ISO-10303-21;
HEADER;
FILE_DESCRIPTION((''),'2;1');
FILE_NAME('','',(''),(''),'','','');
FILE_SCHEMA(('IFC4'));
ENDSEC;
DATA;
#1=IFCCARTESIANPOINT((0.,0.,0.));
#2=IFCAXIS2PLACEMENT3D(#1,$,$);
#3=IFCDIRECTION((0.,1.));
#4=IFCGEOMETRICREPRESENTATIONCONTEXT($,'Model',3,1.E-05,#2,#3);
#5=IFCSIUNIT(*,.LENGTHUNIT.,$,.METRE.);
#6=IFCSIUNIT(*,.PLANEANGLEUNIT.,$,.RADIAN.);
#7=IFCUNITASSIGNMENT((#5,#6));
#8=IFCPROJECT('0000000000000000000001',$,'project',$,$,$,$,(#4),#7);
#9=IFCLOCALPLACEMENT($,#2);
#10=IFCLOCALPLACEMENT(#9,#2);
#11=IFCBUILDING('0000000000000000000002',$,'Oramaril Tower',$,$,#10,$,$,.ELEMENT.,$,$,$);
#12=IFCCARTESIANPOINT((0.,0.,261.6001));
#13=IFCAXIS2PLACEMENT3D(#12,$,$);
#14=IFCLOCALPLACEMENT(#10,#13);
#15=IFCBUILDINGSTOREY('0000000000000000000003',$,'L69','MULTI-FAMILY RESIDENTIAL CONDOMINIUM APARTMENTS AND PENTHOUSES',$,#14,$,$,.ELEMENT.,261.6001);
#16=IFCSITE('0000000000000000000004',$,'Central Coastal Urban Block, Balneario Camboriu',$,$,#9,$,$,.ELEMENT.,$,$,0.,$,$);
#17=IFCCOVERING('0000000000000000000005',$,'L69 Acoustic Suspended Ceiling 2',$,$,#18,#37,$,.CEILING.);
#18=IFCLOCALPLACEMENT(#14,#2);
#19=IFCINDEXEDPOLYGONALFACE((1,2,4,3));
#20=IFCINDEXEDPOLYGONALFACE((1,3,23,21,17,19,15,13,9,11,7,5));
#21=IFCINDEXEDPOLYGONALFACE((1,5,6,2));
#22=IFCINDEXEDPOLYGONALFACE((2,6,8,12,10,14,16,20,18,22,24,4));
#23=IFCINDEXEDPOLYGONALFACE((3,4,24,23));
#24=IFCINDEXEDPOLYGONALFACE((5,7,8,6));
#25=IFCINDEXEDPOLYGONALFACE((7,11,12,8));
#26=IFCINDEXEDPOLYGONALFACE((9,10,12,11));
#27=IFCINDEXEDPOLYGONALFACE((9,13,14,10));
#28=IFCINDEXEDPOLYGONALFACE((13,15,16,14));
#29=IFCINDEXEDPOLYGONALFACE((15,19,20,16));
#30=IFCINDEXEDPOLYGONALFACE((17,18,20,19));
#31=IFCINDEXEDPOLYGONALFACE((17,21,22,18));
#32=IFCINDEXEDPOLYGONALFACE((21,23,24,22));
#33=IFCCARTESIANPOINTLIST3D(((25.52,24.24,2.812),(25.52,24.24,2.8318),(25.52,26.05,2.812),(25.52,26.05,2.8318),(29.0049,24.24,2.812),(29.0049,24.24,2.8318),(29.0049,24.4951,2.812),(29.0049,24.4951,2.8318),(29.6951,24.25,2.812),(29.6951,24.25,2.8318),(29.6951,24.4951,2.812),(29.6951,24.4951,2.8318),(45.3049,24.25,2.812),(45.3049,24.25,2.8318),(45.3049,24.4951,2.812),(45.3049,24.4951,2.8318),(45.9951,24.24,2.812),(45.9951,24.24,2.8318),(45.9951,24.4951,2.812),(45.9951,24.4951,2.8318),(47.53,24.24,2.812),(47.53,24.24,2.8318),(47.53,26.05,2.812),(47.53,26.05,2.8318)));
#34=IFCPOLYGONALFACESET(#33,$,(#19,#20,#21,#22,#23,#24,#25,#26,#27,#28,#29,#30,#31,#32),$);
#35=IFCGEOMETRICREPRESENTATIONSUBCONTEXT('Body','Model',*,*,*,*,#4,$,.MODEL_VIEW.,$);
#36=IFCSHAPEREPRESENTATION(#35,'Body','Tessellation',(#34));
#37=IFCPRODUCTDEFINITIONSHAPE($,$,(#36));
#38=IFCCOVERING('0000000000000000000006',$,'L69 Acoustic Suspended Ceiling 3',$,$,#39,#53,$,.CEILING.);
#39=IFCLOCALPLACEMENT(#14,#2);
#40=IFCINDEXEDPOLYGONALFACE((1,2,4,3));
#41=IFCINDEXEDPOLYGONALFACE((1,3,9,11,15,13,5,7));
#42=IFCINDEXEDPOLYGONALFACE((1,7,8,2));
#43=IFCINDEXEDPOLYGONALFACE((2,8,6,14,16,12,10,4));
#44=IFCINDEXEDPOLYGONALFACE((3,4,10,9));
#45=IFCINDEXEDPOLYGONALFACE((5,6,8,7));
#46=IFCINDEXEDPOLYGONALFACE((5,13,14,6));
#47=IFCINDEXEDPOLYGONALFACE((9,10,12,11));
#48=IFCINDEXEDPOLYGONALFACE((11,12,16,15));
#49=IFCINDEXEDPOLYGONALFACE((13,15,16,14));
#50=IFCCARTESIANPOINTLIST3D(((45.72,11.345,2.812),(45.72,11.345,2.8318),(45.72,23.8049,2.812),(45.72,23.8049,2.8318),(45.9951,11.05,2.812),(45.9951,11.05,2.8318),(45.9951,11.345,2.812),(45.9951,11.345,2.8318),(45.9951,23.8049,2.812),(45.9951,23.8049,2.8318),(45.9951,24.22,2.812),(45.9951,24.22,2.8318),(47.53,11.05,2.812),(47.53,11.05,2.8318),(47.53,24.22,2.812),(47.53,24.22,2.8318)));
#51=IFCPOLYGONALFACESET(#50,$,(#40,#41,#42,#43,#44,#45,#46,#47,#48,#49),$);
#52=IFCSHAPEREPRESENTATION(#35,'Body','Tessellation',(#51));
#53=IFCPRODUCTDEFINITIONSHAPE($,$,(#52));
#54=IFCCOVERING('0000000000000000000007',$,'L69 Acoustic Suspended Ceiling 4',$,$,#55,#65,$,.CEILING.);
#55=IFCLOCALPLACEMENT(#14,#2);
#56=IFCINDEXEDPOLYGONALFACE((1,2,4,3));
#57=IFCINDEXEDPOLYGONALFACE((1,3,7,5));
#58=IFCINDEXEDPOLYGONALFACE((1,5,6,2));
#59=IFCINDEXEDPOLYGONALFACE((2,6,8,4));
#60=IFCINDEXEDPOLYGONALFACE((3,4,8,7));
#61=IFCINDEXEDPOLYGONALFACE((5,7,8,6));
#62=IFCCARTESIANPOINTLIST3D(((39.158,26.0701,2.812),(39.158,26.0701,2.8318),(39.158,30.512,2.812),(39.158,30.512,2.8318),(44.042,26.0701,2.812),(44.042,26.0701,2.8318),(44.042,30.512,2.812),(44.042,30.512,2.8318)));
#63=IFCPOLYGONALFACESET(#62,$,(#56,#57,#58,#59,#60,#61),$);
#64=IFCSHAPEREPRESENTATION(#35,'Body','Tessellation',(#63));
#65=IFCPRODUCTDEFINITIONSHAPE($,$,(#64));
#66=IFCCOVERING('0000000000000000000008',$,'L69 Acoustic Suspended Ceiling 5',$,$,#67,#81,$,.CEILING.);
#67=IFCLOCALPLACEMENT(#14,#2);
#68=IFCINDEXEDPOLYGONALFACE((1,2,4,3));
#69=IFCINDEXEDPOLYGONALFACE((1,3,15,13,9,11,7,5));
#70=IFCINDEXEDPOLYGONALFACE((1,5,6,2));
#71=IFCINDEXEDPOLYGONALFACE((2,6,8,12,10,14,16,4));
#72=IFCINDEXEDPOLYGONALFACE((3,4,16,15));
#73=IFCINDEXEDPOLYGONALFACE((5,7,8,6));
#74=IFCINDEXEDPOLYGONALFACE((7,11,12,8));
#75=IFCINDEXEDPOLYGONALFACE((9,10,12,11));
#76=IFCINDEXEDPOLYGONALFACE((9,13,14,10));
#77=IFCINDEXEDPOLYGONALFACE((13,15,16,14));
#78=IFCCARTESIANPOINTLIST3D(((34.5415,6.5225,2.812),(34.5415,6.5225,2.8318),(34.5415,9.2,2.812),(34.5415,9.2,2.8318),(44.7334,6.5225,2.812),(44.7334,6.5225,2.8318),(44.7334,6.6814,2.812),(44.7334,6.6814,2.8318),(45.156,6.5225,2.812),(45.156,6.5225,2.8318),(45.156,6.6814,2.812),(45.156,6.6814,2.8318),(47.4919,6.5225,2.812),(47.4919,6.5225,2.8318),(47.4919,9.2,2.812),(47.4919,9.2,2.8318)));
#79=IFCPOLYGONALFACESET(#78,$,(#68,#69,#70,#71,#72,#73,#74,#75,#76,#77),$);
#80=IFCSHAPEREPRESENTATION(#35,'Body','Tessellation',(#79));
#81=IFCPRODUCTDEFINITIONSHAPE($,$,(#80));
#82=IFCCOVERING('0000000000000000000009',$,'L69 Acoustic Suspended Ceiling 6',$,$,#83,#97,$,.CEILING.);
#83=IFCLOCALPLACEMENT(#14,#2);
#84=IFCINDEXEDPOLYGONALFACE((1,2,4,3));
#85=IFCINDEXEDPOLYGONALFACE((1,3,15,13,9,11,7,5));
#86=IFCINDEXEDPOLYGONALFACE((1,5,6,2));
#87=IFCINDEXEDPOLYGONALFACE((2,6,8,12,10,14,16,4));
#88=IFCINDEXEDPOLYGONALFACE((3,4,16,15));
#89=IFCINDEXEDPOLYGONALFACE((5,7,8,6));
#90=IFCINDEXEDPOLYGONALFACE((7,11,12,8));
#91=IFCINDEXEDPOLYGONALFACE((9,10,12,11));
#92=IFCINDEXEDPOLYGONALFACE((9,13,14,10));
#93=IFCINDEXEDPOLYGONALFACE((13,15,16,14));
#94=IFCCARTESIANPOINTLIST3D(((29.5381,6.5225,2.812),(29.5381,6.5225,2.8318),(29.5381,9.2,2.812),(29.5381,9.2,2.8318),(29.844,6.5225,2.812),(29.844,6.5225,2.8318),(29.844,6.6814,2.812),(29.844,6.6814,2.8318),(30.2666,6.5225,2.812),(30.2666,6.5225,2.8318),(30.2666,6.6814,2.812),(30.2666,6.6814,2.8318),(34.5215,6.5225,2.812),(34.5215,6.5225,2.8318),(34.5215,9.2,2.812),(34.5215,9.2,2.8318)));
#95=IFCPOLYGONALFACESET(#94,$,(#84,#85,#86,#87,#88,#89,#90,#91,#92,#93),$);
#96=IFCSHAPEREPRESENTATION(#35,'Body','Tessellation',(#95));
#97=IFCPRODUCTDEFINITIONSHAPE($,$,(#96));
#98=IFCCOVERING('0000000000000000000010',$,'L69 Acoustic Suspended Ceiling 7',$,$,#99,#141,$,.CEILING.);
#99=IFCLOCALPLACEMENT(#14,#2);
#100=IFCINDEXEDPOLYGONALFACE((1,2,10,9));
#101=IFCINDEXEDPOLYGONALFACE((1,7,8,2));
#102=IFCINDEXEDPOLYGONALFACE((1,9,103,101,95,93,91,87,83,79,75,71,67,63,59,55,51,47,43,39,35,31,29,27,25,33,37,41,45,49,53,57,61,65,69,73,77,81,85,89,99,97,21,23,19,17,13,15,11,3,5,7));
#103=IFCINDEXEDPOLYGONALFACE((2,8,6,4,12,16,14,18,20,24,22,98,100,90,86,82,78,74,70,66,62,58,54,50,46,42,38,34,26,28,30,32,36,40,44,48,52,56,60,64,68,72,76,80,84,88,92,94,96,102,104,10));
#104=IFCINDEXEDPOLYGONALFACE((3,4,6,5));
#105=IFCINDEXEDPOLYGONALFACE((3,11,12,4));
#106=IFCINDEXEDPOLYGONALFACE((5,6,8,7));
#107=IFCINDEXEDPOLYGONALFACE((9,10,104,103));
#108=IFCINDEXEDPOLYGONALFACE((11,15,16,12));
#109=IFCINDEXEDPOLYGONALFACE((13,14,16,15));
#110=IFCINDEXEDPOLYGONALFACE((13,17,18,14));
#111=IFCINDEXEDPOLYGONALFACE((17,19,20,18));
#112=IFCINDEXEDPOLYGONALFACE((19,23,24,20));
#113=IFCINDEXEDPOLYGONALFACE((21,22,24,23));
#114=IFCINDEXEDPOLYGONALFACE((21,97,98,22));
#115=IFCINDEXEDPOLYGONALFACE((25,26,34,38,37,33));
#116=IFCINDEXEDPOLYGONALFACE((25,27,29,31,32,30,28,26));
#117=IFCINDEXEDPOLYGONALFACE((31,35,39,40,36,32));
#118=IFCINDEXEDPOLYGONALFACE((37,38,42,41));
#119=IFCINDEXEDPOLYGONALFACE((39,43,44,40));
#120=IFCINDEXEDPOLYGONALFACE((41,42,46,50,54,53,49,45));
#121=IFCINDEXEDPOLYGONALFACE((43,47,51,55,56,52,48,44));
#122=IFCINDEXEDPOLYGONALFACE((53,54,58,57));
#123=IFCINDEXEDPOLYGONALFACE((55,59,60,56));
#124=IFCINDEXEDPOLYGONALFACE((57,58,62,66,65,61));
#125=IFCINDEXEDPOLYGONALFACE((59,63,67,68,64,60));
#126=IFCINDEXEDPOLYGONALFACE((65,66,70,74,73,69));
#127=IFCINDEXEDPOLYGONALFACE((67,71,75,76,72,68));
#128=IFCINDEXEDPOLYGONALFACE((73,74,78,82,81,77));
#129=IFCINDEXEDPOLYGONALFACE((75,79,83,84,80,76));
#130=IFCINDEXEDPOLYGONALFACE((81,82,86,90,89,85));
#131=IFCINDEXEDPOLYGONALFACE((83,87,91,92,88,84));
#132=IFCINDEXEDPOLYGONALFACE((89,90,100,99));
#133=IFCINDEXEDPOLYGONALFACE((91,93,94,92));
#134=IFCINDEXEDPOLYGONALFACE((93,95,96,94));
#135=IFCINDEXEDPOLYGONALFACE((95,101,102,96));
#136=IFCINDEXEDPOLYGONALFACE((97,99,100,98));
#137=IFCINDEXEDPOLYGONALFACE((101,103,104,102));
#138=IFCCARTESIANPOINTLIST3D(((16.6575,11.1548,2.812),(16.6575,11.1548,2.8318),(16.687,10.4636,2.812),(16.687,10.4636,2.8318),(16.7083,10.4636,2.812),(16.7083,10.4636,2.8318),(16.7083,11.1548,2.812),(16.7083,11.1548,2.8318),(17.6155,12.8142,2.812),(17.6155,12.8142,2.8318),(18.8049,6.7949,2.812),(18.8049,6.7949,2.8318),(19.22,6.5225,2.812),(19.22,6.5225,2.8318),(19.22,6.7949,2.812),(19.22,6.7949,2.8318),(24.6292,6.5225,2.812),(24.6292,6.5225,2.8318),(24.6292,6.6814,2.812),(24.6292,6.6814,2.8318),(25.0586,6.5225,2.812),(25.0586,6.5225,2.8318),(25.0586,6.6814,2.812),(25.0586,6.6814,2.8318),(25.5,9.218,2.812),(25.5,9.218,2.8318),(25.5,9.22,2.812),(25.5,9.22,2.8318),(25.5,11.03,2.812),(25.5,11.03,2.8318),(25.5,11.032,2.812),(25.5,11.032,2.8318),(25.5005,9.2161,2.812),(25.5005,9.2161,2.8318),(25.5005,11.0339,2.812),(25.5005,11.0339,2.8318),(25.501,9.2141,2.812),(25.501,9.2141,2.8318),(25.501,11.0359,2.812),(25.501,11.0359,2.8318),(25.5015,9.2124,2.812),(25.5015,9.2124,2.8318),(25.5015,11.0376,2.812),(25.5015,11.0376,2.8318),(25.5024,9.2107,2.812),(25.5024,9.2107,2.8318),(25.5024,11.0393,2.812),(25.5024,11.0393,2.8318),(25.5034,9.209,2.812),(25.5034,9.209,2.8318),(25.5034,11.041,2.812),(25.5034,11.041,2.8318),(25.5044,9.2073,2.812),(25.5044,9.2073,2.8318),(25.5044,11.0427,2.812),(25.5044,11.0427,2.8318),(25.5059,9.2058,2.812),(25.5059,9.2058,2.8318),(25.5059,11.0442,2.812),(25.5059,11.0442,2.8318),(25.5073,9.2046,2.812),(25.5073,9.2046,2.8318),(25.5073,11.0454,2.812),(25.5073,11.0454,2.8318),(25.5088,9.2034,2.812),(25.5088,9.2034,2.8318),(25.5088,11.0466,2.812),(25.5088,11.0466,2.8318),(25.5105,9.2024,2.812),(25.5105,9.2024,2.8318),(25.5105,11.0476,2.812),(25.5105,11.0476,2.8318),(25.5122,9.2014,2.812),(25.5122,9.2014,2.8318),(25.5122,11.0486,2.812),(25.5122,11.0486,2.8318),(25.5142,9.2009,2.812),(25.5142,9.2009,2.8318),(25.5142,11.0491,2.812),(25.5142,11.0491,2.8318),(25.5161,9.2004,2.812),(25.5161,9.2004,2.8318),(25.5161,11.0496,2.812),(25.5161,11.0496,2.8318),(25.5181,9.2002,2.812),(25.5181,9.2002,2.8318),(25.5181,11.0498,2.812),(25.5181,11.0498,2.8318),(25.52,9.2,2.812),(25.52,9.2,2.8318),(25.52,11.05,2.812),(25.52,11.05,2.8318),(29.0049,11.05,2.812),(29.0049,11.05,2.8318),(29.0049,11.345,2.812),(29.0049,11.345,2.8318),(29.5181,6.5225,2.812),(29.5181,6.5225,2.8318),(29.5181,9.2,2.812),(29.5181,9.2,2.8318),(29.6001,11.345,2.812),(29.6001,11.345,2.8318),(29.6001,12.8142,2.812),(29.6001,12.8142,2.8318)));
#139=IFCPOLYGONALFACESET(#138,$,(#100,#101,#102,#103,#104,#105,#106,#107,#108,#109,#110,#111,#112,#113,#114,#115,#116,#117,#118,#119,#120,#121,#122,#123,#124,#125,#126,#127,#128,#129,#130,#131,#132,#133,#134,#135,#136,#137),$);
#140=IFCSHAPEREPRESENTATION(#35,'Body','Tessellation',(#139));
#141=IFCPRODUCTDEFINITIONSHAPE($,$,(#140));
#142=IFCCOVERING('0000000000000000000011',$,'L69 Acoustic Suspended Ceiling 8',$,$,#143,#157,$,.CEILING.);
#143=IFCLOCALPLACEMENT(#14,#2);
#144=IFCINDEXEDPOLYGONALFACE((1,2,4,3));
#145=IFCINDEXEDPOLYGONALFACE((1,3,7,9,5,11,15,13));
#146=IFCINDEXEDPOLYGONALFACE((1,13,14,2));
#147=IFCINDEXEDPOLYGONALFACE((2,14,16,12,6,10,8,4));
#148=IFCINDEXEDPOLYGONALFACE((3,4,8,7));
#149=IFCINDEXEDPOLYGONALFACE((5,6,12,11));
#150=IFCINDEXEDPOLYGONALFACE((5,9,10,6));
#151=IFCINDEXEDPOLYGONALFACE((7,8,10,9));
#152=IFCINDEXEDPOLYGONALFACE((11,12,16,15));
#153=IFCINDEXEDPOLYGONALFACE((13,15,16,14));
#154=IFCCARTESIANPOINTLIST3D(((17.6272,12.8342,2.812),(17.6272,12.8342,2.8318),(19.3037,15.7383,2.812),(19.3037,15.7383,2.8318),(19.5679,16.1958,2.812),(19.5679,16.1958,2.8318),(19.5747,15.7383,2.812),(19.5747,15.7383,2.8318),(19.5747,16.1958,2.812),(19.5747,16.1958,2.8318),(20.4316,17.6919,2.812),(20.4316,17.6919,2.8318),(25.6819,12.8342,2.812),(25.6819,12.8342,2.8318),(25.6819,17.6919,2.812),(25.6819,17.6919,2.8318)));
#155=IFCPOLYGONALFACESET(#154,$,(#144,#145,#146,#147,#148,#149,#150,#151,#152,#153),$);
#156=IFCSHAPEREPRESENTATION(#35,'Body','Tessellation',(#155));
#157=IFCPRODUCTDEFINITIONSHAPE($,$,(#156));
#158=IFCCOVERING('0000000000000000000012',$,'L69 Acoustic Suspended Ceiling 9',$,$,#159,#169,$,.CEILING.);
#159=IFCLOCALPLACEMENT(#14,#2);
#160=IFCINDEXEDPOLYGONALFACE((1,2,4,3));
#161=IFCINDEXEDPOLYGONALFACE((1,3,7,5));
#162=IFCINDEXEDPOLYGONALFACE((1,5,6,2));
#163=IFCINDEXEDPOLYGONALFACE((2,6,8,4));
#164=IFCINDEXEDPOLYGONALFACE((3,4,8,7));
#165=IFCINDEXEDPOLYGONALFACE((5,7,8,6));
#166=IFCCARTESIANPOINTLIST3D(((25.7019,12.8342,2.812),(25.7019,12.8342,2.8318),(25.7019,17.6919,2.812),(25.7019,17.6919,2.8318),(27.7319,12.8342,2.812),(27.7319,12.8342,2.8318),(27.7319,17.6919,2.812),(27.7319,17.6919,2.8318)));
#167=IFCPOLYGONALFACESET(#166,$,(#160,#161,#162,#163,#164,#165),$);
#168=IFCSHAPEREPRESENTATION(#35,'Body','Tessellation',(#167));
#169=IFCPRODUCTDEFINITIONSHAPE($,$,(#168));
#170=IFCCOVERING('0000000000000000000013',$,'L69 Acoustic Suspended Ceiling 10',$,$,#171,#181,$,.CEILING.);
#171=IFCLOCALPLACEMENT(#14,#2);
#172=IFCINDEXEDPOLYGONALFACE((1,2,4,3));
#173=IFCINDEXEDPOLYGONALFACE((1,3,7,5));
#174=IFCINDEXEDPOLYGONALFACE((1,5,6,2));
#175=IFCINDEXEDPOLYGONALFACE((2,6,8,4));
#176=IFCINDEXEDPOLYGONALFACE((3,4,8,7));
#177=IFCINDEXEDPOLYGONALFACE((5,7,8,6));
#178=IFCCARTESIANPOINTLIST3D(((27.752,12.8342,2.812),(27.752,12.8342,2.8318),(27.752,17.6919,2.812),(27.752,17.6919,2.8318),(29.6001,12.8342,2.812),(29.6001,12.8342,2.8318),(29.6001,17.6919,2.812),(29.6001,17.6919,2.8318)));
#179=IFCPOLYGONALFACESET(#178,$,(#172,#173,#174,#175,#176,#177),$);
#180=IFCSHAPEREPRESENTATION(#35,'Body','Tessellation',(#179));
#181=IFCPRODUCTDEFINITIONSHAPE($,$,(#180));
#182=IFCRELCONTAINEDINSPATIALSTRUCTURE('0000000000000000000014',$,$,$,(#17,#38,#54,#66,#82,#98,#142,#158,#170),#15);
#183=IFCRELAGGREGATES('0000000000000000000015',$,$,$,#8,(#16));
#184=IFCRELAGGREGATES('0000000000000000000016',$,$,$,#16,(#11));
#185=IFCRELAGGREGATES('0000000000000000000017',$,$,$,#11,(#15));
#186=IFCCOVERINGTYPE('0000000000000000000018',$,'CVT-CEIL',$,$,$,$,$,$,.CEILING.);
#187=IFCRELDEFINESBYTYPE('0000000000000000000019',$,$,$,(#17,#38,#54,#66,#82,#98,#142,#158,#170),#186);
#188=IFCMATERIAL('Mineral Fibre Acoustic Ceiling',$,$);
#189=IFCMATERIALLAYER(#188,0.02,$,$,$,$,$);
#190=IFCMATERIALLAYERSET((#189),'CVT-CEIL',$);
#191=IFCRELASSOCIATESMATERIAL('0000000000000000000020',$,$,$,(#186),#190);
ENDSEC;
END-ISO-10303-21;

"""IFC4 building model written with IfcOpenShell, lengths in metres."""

from ifc_helpers import new_model, si_unit, direction, frame, origin, place, context, subcontext, project, spatial, polyline, outline, extrude, material, layer, layer_set, type_object, element, save


model = new_model("IFC4")

# Units and contexts
model_context = context("Model", 3, precision=1e-05, world=origin(), true_north=direction((0.0, 1.0)))
body_context = subcontext(model_context, "Body", "Model", "MODEL_VIEW")
ifc_project = project(units=[si_unit("LENGTHUNIT", "METRE"), si_unit("PLANEANGLEUNIT", "RADIAN")], contexts=[model_context])

# Site, building, storey
site_placement = place(None, origin())
site = spatial("IfcSite", under=ifc_project, at=site_placement, Name="Central Coastal Urban Block, Balneario Camboriu", CompositionType="ELEMENT", RefElevation=0.0)
building_placement = place(site_placement, origin())
building = spatial("IfcBuilding", under=site, at=building_placement, Name="Oramaril Tower", CompositionType="ELEMENT")
storey_placement = place(building_placement, frame((0.0, 0.0, 261.6001)))
storey = spatial("IfcBuildingStorey", under=building, at=storey_placement, Name="L69", Description="MULTI-FAMILY RESIDENTIAL CONDOMINIUM APARTMENTS AND PENTHOUSES", CompositionType="ELEMENT", Elevation=261.6001)

# Coverings
ifc_material_1 = material(Name="Mineral Fibre Acoustic Ceiling")
ifc_layer_1 = layer(ifc_material_1, 0.02)
ifc_layer_set_1 = layer_set([ifc_layer_1], Name="CVT-CEIL")
covering_type_1 = type_object("IfcCoveringType", Name="CVT-CEIL", PredefinedType="CEILING", material=ifc_layer_set_1)
covering_1_placement = place(storey_placement, frame((0.0, 0.0, 2.812)))
element("IfcCovering", 1, at=covering_1_placement, inside=storey, type_object=covering_type_1, Name="L69 Acoustic Suspended Ceiling 2", PredefinedType="CEILING", context=body_context, shape_type="SweptSolid", body=[
    extrude(outline(polyline([(47.53, 24.24), (45.9951, 24.24), (45.9951, 24.4951), (45.3049, 24.4951), (45.3049, 24.25), (29.6951, 24.25), (29.6951, 24.4951), (29.0049, 24.4951), (29.0049, 24.24), (25.52, 24.24), (25.52, 26.05), (47.53, 26.05), (47.53, 24.24)])), origin(), (0.0, 0.0, 1.0), 0.0198),
])
covering_2_placement = place(storey_placement, frame((0.0, 0.0, 2.812)))
element("IfcCovering", 2, at=covering_2_placement, inside=storey, type_object=covering_type_1, Name="L69 Acoustic Suspended Ceiling 3", PredefinedType="CEILING", context=body_context, shape_type="SweptSolid", body=[
    extrude(outline(polyline([(47.53, 11.05), (45.9951, 11.05), (45.9951, 11.345), (45.72, 11.345), (45.72, 23.8049), (45.9951, 23.8049), (45.9951, 24.22), (47.53, 24.22), (47.53, 11.05)])), origin(), (0.0, 0.0, 1.0), 0.0198),
])
covering_3_placement = place(storey_placement, frame((0.0, 0.0, 2.812)))
element("IfcCovering", 3, at=covering_3_placement, inside=storey, type_object=covering_type_1, Name="L69 Acoustic Suspended Ceiling 4", PredefinedType="CEILING", context=body_context, shape_type="SweptSolid", body=[
    extrude(outline(polyline([(44.042, 30.512), (44.042, 26.0701), (39.158, 26.0701), (39.158, 30.512), (44.042, 30.512)])), origin(), (0.0, 0.0, 1.0), 0.0198),
])
covering_4_placement = place(storey_placement, frame((0.0, 0.0, 2.812)))
element("IfcCovering", 4, at=covering_4_placement, inside=storey, type_object=covering_type_1, Name="L69 Acoustic Suspended Ceiling 5", PredefinedType="CEILING", context=body_context, shape_type="SweptSolid", body=[
    extrude(outline(polyline([(45.156, 6.6814), (44.7334, 6.6814), (44.7334, 6.5225), (34.5415, 6.5225), (34.5415, 9.2), (47.4919, 9.2), (47.4919, 6.5225), (45.156, 6.5225), (45.156, 6.6814)])), origin(), (0.0, 0.0, 1.0), 0.0198),
])
covering_5_placement = place(storey_placement, frame((0.0, 0.0, 2.812)))
element("IfcCovering", 5, at=covering_5_placement, inside=storey, type_object=covering_type_1, Name="L69 Acoustic Suspended Ceiling 6", PredefinedType="CEILING", context=body_context, shape_type="SweptSolid", body=[
    extrude(outline(polyline([(30.2666, 6.6814), (29.844, 6.6814), (29.844, 6.5225), (29.5381, 6.5225), (29.5381, 9.2), (34.5215, 9.2), (34.5215, 6.5225), (30.2666, 6.5225), (30.2666, 6.6814)])), origin(), (0.0, 0.0, 1.0), 0.0198),
])
covering_6_placement = place(storey_placement, frame((0.0, 0.0, 2.812)))
element("IfcCovering", 6, at=covering_6_placement, inside=storey, type_object=covering_type_1, Name="L69 Acoustic Suspended Ceiling 7", PredefinedType="CEILING", context=body_context, shape_type="SweptSolid", body=[
    extrude(outline(polyline([(29.6001, 12.8142), (29.6001, 11.345), (29.0049, 11.345), (29.0049, 11.05), (25.52, 11.05), (25.5181, 11.0498), (25.5161, 11.0496), (25.5142, 11.0491), (25.5122, 11.0486), (25.5105, 11.0476), (25.5088, 11.0466), (25.5073, 11.0454), (25.5059, 11.0442), (25.5044, 11.0427), (25.5034, 11.041), (25.5024, 11.0393), (25.5015, 11.0376), (25.501, 11.0359), (25.5005, 11.0339), (25.5, 11.032), (25.5, 11.03), (25.5, 9.22), (25.5, 9.218), (25.5005, 9.2161), (25.501, 9.2141), (25.5015, 9.2124), (25.5024, 9.2107), (25.5034, 9.209), (25.5044, 9.2073), (25.5059, 9.2058), (25.5073, 9.2046), (25.5088, 9.2034), (25.5105, 9.2024), (25.5122, 9.2014), (25.5142, 9.2009), (25.5161, 9.2004), (25.5181, 9.2002), (25.52, 9.2), (29.5181, 9.2), (29.5181, 6.5225), (25.0586, 6.5225), (25.0586, 6.6814), (24.6292, 6.6814), (24.6292, 6.5225), (19.22, 6.5225), (19.22, 6.7949), (18.8049, 6.7949), (16.687, 10.4636), (16.7083, 10.4636), (16.7083, 11.1548), (16.6575, 11.1548), (17.6155, 12.8142), (29.6001, 12.8142)])), origin(), (0.0, 0.0, 1.0), 0.0198),
])
covering_7_placement = place(storey_placement, frame((0.0, 0.0, 2.812)))
element("IfcCovering", 7, at=covering_7_placement, inside=storey, type_object=covering_type_1, Name="L69 Acoustic Suspended Ceiling 8", PredefinedType="CEILING", context=body_context, shape_type="SweptSolid", body=[
    extrude(outline(polyline([(19.3037, 15.7383), (19.5747, 15.7383), (19.5747, 16.1958), (19.5679, 16.1958), (20.4316, 17.6919), (25.6819, 17.6919), (25.6819, 12.8342), (17.6272, 12.8342), (19.3037, 15.7383)])), origin(), (0.0, 0.0, 1.0), 0.0198),
])
covering_8_placement = place(storey_placement, frame((0.0, 0.0, 2.812)))
element("IfcCovering", 8, at=covering_8_placement, inside=storey, type_object=covering_type_1, Name="L69 Acoustic Suspended Ceiling 9", PredefinedType="CEILING", context=body_context, shape_type="SweptSolid", body=[
    extrude(outline(polyline([(27.7319, 17.6919), (27.7319, 12.8342), (25.7019, 12.8342), (25.7019, 17.6919), (27.7319, 17.6919)])), origin(), (0.0, 0.0, 1.0), 0.0198),
])
covering_9_placement = place(storey_placement, frame((0.0, 0.0, 2.812)))
element("IfcCovering", 9, at=covering_9_placement, inside=storey, type_object=covering_type_1, Name="L69 Acoustic Suspended Ceiling 10", PredefinedType="CEILING", context=body_context, shape_type="SweptSolid", body=[
    extrude(outline(polyline([(29.6001, 17.6919), (29.6001, 12.8342), (27.752, 12.8342), (27.752, 17.6919), (29.6001, 17.6919)])), origin(), (0.0, 0.0, 1.0), 0.0198),
])

save(model, "model.ifc")
